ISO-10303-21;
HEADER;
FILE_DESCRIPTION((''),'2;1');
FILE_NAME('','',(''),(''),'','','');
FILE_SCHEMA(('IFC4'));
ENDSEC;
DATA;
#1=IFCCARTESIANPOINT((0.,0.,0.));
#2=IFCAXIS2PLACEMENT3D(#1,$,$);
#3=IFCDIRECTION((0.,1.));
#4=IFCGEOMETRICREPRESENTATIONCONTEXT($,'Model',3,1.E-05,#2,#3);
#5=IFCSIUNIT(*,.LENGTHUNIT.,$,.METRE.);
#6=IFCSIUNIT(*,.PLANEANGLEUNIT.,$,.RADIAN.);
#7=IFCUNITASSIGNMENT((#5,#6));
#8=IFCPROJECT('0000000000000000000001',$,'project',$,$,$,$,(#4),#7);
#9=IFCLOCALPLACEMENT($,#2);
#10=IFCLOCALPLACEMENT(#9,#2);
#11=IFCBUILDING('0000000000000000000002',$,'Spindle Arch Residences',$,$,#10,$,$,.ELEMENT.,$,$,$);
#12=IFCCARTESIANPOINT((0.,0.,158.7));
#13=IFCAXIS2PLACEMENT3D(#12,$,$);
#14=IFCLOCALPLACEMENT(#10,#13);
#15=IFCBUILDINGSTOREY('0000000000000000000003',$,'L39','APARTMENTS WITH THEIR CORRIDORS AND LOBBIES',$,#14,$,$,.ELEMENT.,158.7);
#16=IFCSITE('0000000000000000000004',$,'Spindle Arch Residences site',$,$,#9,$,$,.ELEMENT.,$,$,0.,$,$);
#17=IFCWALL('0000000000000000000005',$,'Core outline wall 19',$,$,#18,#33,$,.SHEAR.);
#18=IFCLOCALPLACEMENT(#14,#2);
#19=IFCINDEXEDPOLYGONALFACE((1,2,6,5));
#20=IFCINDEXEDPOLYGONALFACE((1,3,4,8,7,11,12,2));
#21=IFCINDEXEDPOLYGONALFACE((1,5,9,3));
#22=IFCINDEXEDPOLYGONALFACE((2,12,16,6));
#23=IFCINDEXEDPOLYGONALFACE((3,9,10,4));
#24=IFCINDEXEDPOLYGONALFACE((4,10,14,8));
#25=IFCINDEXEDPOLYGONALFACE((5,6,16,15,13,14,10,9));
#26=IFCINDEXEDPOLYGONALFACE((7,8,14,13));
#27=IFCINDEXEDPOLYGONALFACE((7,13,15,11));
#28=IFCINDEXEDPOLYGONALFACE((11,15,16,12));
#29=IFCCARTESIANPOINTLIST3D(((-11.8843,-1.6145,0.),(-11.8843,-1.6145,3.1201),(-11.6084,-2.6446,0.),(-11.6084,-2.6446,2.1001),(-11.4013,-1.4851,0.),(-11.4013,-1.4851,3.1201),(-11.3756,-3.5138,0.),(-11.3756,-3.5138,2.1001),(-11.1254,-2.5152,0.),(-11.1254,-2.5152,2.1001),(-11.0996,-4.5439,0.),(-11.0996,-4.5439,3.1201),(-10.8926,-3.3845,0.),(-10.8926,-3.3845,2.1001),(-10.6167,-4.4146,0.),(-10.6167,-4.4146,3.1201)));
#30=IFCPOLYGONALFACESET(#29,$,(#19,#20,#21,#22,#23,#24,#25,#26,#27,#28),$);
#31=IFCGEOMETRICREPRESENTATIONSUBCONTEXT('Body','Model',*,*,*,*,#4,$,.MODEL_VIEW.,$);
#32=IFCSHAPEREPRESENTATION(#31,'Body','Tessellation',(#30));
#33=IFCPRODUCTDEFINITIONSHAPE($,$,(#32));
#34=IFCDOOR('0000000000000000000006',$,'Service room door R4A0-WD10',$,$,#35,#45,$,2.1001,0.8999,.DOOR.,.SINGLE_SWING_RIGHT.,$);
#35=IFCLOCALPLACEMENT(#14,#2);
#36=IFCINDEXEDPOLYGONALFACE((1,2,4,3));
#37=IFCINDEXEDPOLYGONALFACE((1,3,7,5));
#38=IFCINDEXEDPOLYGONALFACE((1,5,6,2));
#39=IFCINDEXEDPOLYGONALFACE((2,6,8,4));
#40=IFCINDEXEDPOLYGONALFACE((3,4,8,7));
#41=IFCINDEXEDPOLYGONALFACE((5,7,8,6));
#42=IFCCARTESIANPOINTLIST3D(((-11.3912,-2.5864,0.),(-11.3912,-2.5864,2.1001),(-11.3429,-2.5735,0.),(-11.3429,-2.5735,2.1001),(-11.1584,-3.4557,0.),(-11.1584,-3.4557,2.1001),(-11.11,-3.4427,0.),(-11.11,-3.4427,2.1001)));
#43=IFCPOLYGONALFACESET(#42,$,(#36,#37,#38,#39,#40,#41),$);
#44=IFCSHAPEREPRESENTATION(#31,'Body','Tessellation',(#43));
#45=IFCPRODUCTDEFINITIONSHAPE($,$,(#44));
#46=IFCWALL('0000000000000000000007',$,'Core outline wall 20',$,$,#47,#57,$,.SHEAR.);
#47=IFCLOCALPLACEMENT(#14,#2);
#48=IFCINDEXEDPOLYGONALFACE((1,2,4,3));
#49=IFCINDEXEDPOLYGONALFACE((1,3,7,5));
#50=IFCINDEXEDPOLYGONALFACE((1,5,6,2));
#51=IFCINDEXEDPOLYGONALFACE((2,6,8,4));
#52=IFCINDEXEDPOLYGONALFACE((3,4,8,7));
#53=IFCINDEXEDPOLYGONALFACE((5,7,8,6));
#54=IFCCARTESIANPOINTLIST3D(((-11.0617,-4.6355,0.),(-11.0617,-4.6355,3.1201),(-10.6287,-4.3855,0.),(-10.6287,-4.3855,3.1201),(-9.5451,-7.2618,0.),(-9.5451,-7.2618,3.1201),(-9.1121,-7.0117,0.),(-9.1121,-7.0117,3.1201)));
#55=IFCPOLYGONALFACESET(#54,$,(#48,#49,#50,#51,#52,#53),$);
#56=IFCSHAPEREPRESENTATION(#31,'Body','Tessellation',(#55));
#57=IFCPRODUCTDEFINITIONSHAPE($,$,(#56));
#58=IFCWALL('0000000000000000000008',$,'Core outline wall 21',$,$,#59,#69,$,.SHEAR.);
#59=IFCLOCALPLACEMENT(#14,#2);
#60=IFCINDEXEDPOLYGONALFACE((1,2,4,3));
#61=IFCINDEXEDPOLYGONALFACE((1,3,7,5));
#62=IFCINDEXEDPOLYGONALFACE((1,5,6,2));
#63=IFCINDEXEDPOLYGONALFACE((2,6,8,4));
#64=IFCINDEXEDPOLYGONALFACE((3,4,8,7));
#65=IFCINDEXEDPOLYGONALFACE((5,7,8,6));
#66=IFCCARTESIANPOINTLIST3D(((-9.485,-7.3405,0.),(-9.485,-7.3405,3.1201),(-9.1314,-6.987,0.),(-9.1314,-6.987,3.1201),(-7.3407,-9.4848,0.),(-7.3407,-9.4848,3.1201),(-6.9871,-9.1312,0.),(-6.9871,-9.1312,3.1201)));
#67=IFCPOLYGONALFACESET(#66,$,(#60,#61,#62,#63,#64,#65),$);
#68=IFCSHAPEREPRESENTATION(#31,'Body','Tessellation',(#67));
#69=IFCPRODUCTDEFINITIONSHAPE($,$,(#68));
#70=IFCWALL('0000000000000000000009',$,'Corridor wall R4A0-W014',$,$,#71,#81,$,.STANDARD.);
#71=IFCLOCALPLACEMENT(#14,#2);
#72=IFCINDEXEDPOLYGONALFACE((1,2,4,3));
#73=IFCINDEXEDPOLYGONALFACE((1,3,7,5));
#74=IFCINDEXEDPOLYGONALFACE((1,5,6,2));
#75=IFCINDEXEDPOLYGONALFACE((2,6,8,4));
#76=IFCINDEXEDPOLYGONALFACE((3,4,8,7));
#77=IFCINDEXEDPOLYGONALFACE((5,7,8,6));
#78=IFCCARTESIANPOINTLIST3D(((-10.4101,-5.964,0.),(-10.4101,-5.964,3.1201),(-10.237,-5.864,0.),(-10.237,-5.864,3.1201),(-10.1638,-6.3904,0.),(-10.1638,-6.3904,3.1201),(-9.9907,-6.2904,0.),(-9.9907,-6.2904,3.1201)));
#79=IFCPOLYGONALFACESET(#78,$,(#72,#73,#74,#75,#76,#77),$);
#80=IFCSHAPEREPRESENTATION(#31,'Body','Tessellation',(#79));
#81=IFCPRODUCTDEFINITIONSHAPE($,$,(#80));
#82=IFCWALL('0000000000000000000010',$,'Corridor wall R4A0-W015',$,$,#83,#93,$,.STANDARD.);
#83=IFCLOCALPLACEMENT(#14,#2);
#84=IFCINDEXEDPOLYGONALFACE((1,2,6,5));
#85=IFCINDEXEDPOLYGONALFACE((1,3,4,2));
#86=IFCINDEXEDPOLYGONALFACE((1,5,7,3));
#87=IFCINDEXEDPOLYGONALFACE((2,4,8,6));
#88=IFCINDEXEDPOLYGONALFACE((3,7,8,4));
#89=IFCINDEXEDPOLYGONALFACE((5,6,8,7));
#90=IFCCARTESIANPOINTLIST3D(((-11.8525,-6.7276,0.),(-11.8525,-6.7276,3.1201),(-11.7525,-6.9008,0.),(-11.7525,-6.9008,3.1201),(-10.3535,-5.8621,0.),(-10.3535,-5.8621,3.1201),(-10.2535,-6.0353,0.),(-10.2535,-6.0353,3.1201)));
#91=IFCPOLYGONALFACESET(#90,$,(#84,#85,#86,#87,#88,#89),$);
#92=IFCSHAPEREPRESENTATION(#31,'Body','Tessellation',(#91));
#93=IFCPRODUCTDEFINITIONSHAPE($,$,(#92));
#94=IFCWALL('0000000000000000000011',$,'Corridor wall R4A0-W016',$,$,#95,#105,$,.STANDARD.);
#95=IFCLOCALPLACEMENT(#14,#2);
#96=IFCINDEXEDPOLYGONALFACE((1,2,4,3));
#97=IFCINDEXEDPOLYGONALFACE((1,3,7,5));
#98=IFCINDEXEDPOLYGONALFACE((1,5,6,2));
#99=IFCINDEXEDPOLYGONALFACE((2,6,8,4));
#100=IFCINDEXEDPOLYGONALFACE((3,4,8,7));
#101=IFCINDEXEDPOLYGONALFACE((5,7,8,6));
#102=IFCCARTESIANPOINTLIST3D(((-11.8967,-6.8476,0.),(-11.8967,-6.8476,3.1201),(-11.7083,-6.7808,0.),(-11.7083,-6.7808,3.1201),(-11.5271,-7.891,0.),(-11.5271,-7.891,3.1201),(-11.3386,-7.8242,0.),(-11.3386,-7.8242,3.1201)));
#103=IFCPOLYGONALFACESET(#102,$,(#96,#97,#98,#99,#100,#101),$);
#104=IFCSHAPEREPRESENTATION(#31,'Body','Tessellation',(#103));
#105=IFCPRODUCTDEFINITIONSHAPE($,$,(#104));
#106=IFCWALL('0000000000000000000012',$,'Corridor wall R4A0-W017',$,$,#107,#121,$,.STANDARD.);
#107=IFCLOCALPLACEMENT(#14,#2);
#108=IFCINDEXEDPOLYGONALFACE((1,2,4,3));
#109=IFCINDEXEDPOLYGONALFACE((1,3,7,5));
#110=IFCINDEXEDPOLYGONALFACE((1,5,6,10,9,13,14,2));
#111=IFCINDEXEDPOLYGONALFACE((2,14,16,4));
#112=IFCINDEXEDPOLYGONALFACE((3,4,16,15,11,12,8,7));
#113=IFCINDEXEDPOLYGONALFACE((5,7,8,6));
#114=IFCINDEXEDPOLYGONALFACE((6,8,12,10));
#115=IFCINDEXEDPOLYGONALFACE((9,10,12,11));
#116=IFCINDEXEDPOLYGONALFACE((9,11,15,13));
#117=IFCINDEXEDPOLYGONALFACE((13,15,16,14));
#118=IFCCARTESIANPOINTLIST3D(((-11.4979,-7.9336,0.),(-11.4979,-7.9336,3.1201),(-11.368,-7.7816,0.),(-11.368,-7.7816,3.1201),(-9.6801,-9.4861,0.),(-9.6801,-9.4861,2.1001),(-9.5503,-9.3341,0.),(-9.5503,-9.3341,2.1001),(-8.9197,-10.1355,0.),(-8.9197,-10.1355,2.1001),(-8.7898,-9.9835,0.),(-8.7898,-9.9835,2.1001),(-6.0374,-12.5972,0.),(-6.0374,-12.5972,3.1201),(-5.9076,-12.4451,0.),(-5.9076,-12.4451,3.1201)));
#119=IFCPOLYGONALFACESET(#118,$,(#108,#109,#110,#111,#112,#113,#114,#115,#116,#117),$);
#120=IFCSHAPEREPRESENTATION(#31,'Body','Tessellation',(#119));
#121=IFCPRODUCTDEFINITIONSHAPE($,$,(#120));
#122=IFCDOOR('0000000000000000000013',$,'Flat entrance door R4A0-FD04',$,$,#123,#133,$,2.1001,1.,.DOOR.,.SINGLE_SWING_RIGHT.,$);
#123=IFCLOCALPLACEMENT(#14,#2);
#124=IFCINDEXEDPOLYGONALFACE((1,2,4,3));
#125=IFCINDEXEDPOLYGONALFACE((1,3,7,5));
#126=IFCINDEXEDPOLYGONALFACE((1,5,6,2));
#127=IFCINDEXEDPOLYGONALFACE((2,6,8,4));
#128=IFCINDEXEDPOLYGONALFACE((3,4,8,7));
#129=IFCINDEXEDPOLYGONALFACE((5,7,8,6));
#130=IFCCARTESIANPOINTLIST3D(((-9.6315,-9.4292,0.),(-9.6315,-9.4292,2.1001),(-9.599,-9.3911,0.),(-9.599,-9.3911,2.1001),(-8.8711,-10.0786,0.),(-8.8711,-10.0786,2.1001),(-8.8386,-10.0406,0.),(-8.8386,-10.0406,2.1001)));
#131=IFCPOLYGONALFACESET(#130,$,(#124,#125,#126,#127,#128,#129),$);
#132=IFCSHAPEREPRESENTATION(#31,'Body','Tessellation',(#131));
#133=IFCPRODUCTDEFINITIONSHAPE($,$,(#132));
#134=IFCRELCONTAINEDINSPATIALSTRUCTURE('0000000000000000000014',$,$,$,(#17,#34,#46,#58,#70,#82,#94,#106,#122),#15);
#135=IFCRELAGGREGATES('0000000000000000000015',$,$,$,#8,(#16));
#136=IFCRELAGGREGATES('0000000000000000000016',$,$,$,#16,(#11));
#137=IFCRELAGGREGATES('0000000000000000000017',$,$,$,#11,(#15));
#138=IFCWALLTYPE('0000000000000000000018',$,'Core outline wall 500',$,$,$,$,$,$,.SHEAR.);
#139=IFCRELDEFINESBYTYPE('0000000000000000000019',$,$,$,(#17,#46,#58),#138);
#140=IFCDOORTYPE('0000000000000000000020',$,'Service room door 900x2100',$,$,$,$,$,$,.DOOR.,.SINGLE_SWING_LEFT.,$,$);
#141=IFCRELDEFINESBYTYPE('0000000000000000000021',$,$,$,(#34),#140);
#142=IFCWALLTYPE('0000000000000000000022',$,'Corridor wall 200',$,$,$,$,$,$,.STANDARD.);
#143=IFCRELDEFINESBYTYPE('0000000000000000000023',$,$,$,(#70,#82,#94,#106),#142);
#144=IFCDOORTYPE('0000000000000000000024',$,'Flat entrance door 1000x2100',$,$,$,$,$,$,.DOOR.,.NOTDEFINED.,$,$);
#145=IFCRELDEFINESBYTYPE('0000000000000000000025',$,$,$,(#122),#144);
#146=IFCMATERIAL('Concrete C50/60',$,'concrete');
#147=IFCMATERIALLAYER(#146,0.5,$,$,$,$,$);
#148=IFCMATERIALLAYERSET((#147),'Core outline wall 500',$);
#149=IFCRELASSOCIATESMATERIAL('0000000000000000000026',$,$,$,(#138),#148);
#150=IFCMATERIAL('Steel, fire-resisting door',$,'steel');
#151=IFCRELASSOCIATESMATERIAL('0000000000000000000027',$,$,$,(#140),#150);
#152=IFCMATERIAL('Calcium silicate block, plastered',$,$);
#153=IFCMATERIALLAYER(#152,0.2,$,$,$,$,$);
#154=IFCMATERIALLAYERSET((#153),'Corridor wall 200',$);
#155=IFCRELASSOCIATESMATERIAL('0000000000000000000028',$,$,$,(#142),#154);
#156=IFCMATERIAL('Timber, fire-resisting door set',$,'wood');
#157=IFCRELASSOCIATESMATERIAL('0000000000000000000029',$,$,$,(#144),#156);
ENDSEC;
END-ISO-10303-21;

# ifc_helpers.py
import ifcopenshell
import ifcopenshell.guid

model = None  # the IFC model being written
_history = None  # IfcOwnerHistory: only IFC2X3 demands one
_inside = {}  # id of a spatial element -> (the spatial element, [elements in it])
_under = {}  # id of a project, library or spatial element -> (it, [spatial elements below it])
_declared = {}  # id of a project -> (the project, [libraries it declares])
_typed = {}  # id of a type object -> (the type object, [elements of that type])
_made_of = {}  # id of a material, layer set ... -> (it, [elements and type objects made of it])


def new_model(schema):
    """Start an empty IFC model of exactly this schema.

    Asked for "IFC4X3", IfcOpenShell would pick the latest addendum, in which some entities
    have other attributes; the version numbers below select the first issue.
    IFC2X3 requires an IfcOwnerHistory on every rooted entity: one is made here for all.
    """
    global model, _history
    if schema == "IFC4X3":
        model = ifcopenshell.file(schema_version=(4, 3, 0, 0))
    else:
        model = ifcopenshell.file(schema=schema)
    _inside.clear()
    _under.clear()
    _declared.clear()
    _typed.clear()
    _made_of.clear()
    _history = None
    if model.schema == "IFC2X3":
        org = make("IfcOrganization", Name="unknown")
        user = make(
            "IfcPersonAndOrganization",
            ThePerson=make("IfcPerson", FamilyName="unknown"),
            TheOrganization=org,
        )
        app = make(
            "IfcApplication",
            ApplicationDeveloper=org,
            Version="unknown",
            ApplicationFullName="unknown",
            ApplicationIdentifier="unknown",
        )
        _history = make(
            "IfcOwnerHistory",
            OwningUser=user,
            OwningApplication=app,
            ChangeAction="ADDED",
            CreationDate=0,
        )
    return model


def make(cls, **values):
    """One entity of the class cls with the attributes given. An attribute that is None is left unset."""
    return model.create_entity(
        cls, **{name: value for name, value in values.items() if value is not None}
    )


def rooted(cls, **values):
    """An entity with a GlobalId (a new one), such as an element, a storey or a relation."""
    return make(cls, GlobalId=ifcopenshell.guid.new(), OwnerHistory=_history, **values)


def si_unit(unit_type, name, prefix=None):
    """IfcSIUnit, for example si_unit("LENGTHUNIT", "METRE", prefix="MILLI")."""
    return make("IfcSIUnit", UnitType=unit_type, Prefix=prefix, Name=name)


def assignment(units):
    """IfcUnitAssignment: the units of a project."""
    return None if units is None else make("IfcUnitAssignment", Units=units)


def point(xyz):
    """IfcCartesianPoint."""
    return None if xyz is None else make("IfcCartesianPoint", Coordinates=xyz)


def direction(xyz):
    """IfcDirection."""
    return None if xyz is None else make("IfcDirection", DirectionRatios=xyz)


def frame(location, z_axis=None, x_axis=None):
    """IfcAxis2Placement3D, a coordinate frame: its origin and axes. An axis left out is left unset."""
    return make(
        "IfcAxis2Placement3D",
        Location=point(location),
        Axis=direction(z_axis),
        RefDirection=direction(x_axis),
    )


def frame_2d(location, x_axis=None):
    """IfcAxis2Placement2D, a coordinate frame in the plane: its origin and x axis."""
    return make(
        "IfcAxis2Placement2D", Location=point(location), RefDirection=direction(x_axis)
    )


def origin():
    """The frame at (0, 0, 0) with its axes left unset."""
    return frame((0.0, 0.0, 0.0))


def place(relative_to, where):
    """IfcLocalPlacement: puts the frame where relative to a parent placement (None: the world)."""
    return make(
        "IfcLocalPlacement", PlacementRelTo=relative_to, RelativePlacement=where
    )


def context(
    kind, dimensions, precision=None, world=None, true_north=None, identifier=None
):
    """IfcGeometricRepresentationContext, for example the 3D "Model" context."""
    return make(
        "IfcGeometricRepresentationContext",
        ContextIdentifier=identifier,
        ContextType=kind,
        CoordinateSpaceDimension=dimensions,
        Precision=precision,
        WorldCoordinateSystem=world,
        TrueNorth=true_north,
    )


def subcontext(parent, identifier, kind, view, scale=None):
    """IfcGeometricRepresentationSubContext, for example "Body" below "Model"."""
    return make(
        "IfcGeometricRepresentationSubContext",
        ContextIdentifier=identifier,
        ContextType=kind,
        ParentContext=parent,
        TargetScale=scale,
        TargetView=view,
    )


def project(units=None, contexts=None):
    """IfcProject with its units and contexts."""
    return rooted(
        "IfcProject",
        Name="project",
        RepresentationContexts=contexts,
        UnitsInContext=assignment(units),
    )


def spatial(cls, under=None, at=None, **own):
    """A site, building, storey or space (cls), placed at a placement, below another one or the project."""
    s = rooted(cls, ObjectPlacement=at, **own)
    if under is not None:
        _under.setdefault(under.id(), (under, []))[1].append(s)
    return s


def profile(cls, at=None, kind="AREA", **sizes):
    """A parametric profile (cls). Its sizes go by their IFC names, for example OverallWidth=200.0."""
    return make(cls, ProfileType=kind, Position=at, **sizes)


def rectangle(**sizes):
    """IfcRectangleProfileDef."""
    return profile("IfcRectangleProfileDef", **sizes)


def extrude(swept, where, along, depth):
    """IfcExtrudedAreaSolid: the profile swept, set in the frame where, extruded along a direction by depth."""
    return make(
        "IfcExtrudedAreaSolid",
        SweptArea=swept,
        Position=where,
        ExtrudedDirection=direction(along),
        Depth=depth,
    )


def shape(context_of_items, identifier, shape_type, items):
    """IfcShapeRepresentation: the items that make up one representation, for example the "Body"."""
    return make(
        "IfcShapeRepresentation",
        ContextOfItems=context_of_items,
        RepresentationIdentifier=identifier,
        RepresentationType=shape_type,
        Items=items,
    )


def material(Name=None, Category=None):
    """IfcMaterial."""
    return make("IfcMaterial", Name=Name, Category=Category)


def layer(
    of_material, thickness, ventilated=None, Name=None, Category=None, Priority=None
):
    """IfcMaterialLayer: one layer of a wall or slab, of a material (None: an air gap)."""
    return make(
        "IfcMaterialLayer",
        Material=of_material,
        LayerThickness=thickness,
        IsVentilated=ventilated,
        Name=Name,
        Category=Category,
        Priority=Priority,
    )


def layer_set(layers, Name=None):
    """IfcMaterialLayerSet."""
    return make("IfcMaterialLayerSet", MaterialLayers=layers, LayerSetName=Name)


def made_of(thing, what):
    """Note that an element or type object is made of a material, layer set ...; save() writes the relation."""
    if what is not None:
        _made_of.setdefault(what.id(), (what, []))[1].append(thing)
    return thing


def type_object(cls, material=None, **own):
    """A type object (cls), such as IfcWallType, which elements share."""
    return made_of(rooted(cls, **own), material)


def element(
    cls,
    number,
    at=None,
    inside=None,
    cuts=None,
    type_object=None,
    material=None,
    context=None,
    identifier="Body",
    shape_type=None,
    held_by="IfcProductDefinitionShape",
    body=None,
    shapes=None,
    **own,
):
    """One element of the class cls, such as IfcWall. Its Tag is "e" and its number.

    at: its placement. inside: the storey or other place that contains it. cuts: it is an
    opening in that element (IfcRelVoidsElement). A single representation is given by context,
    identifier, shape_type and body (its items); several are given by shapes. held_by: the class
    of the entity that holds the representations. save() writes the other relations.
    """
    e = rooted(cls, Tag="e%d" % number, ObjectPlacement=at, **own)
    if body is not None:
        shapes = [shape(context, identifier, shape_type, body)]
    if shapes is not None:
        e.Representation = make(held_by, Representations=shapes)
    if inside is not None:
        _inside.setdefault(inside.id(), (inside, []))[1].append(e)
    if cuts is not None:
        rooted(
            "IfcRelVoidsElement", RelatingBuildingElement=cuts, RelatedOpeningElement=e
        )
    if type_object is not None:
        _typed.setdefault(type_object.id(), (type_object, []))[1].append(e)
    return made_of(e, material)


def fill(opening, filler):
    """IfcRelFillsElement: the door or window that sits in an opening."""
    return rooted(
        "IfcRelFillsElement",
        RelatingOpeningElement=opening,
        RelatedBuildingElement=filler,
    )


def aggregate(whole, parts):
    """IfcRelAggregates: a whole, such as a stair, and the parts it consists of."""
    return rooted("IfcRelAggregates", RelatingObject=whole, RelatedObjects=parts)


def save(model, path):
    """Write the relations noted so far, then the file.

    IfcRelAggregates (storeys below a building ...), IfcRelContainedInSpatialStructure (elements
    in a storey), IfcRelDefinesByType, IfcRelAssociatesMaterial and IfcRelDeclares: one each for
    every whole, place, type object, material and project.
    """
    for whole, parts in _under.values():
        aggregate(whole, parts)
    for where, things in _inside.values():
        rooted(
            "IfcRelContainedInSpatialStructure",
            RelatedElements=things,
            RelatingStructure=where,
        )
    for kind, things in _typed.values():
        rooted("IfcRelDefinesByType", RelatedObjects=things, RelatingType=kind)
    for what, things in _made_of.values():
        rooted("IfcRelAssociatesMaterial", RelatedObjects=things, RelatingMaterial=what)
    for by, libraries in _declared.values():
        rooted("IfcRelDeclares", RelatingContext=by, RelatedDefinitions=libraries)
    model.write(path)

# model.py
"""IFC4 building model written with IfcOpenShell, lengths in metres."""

from ifc_helpers import new_model, si_unit, direction, frame, frame_2d, origin, place, context, subcontext, project, spatial, rectangle, extrude, material, layer, layer_set, type_object, element, fill, save


model = new_model("IFC4")

# Units and contexts
model_context = context("Model", 3, precision=1e-05, world=origin(), true_north=direction((0.0, 1.0)))
body_context = subcontext(model_context, "Body", "Model", "MODEL_VIEW")
ifc_project = project(units=[si_unit("LENGTHUNIT", "METRE"), si_unit("PLANEANGLEUNIT", "RADIAN")], contexts=[model_context])

# Site, building, storey
site_placement = place(None, origin())
site = spatial("IfcSite", under=ifc_project, at=site_placement, Name="Spindle Arch Residences site", CompositionType="ELEMENT", RefElevation=0.0)
building_placement = place(site_placement, origin())
building = spatial("IfcBuilding", under=site, at=building_placement, Name="Spindle Arch Residences", CompositionType="ELEMENT")
storey_placement = place(building_placement, frame((0.0, 0.0, 158.7)))
storey = spatial("IfcBuildingStorey", under=building, at=storey_placement, Name="L39", Description="APARTMENTS WITH THEIR CORRIDORS AND LOBBIES", CompositionType="ELEMENT", Elevation=158.7)

# Wall, opening, door
ifc_material_1 = material(Name="Concrete C50/60", Category="concrete")
ifc_layer_1 = layer(ifc_material_1, 0.5)
ifc_layer_set_1 = layer_set([ifc_layer_1], Name="Core outline wall 500")
wall_type_1 = type_object("IfcWallType", Name="Core outline wall 500", PredefinedType="SHEAR", material=ifc_layer_set_1)
wall_1_placement = place(storey_placement, frame((-11.6428, -1.5498, 0.0), z_axis=(0.0, 0.0, 1.0), x_axis=(0.258735, -0.965948, 0.0)))
wall_1 = element("IfcWall", 1, at=wall_1_placement, inside=storey, type_object=wall_type_1, Name="Core outline wall 19", PredefinedType="SHEAR", context=body_context, shape_type="SweptSolid", body=[
    extrude(rectangle(XDim=3.0327, YDim=0.5, at=frame_2d((1.5164, 0.0))), origin(), (0.0, 0.0, 1.0), 3.1201),
])
opening_1_placement = place(wall_1_placement, frame((1.0664, 0.0, 0.0)))
opening_1 = element("IfcOpeningElement", 2, at=opening_1_placement, cuts=wall_1, PredefinedType="OPENING", context=body_context, shape_type="SweptSolid", body=[
    extrude(rectangle(XDim=0.8999, YDim=2.1001, at=frame_2d((0.45, 1.05))), frame((0.0, 0.26, 0.0), z_axis=(0.0, -1.0, 0.0), x_axis=(1.0, 0.0, 0.0)), (0.0, 0.0, 1.0), 0.52),
])
ifc_material_2 = material(Name="Steel, fire-resisting door", Category="steel")
door_type_1 = type_object("IfcDoorType", Name="Service room door 900x2100", OperationType="SINGLE_SWING_LEFT", PredefinedType="DOOR", material=ifc_material_2)
door_1_placement = place(opening_1_placement, origin())
door_1 = element("IfcDoor", 3, at=door_1_placement, inside=storey, type_object=door_type_1, Name="Service room door R4A0-WD10", OperationType="SINGLE_SWING_RIGHT", OverallHeight=2.1001, OverallWidth=0.8999, PredefinedType="DOOR", context=body_context, shape_type="SweptSolid", body=[
    extrude(rectangle(XDim=0.8999, YDim=2.1001, at=frame_2d((0.45, 1.05))), frame((0.0, 0.0249, 0.0), z_axis=(0.0, -1.0, 0.0), x_axis=(1.0, 0.0, 0.0)), (0.0, 0.0, 1.0), 0.05),
])
fill(opening_1, door_1)

# Walls
wall_2_placement = place(storey_placement, frame((-10.8452, -4.5105, 0.0), z_axis=(0.0, 0.0, 1.0), x_axis=(0.500087, -0.865975, 0.0)))
element("IfcWall", 4, at=wall_2_placement, inside=storey, type_object=wall_type_1, Name="Core outline wall 20", PredefinedType="SHEAR", context=body_context, shape_type="SweptSolid", body=[
    extrude(rectangle(XDim=3.0327, YDim=0.5, at=frame_2d((1.5164, 0.0))), origin(), (0.0, 0.0, 1.0), 3.1201),
])
wall_3_placement = place(storey_placement, frame((-9.3081, -7.1638, 0.0), z_axis=(0.0, 0.0, 1.0), x_axis=(0.707107, -0.707107, 0.0)))
element("IfcWall", 5, at=wall_3_placement, inside=storey, type_object=wall_type_1, Name="Core outline wall 21", PredefinedType="SHEAR", context=body_context, shape_type="SweptSolid", body=[
    extrude(rectangle(XDim=3.0325, YDim=0.5, at=frame_2d((1.5161, 0.0))), origin(), (0.0, 0.0, 1.0), 3.1201),
])
ifc_material_3 = material(Name="Calcium silicate block, plastered")
ifc_layer_2 = layer(ifc_material_3, 0.2)
ifc_layer_set_2 = layer_set([ifc_layer_2], Name="Corridor wall 200")
wall_type_2 = type_object("IfcWallType", Name="Corridor wall 200", PredefinedType="STANDARD", material=ifc_layer_set_2)
wall_4_placement = place(storey_placement, frame((-10.3235, -5.9141, 0.0), z_axis=(0.0, 0.0, 1.0), x_axis=(0.500137, -0.865946, 0.0)))
element("IfcWall", 6, at=wall_4_placement, inside=storey, type_object=wall_type_2, Name="Corridor wall R4A0-W014", PredefinedType="STANDARD", context=body_context, shape_type="SweptSolid", body=[
    extrude(rectangle(XDim=0.4924, YDim=0.2, at=frame_2d((0.2461, 0.0))), origin(), (0.0, 0.0, 1.0), 3.1201),
])
wall_5_placement = place(storey_placement, frame((-10.3035, -5.9487, 0.0), z_axis=(0.0, 0.0, 1.0), x_axis=(-0.866021, -0.500007, 0.0)))
element("IfcWall", 7, at=wall_5_placement, inside=storey, type_object=wall_type_2, Name="Corridor wall R4A0-W015", PredefinedType="STANDARD", context=body_context, shape_type="SweptSolid", body=[
    extrude(rectangle(XDim=1.731, YDim=0.2, at=frame_2d((0.8655, 0.0))), origin(), (0.0, 0.0, 1.0), 3.1201),
])
wall_6_placement = place(storey_placement, frame((-11.8025, -6.8142, 0.0), z_axis=(0.0, 0.0, 1.0), x_axis=(0.333904, -0.942607, 0.0)))
element("IfcWall", 8, at=wall_6_placement, inside=storey, type_object=wall_type_2, Name="Corridor wall R4A0-W016", PredefinedType="STANDARD", context=body_context, shape_type="SweptSolid", body=[
    extrude(rectangle(XDim=1.1069, YDim=0.2, at=frame_2d((0.5535, 0.0))), origin(), (0.0, 0.0, 1.0), 3.1201),
])

# Wall, opening, door
wall_7_placement = place(storey_placement, frame((-11.4329, -7.8577, 0.0), z_axis=(0.0, 0.0, 1.0), x_axis=(0.760412, -0.649441, 0.0)))
wall_7 = element("IfcWall", 9, at=wall_7_placement, inside=storey, type_object=wall_type_2, Name="Corridor wall R4A0-W017", PredefinedType="STANDARD", context=body_context, shape_type="SweptSolid", body=[
    extrude(rectangle(XDim=7.1809, YDim=0.2, at=frame_2d((3.5903, 0.0))), origin(), (0.0, 0.0, 1.0), 3.1201),
])
opening_2_placement = place(wall_7_placement, frame((2.3904, 0.0, 0.0)))
opening_2 = element("IfcOpeningElement", 10, at=opening_2_placement, cuts=wall_7, PredefinedType="OPENING", context=body_context, shape_type="SweptSolid", body=[
    extrude(rectangle(XDim=1.0, YDim=2.1001, at=frame_2d((0.5, 1.05))), frame((0.0, 0.1099, 0.0), z_axis=(0.0, -1.0, 0.0), x_axis=(1.0, 0.0, 0.0)), (0.0, 0.0, 1.0), 0.22),
])
ifc_material_4 = material(Name="Timber, fire-resisting door set", Category="wood")
door_type_2 = type_object("IfcDoorType", Name="Flat entrance door 1000x2100", OperationType="NOTDEFINED", PredefinedType="DOOR", material=ifc_material_4)
door_2_placement = place(opening_2_placement, origin())
door_2 = element("IfcDoor", 11, at=door_2_placement, inside=storey, type_object=door_type_2, Name="Flat entrance door R4A0-FD04", OperationType="SINGLE_SWING_RIGHT", OverallHeight=2.1001, OverallWidth=1.0, PredefinedType="DOOR", context=body_context, shape_type="SweptSolid", body=[
    extrude(rectangle(XDim=1.0, YDim=2.1001, at=frame_2d((0.5, 1.05))), frame((0.0, 0.0249, 0.0), z_axis=(0.0, -1.0, 0.0), x_axis=(1.0, 0.0, 0.0)), (0.0, 0.0, 1.0), 0.05),
])
fill(opening_2, door_2)

save(model, "model.ifc")
